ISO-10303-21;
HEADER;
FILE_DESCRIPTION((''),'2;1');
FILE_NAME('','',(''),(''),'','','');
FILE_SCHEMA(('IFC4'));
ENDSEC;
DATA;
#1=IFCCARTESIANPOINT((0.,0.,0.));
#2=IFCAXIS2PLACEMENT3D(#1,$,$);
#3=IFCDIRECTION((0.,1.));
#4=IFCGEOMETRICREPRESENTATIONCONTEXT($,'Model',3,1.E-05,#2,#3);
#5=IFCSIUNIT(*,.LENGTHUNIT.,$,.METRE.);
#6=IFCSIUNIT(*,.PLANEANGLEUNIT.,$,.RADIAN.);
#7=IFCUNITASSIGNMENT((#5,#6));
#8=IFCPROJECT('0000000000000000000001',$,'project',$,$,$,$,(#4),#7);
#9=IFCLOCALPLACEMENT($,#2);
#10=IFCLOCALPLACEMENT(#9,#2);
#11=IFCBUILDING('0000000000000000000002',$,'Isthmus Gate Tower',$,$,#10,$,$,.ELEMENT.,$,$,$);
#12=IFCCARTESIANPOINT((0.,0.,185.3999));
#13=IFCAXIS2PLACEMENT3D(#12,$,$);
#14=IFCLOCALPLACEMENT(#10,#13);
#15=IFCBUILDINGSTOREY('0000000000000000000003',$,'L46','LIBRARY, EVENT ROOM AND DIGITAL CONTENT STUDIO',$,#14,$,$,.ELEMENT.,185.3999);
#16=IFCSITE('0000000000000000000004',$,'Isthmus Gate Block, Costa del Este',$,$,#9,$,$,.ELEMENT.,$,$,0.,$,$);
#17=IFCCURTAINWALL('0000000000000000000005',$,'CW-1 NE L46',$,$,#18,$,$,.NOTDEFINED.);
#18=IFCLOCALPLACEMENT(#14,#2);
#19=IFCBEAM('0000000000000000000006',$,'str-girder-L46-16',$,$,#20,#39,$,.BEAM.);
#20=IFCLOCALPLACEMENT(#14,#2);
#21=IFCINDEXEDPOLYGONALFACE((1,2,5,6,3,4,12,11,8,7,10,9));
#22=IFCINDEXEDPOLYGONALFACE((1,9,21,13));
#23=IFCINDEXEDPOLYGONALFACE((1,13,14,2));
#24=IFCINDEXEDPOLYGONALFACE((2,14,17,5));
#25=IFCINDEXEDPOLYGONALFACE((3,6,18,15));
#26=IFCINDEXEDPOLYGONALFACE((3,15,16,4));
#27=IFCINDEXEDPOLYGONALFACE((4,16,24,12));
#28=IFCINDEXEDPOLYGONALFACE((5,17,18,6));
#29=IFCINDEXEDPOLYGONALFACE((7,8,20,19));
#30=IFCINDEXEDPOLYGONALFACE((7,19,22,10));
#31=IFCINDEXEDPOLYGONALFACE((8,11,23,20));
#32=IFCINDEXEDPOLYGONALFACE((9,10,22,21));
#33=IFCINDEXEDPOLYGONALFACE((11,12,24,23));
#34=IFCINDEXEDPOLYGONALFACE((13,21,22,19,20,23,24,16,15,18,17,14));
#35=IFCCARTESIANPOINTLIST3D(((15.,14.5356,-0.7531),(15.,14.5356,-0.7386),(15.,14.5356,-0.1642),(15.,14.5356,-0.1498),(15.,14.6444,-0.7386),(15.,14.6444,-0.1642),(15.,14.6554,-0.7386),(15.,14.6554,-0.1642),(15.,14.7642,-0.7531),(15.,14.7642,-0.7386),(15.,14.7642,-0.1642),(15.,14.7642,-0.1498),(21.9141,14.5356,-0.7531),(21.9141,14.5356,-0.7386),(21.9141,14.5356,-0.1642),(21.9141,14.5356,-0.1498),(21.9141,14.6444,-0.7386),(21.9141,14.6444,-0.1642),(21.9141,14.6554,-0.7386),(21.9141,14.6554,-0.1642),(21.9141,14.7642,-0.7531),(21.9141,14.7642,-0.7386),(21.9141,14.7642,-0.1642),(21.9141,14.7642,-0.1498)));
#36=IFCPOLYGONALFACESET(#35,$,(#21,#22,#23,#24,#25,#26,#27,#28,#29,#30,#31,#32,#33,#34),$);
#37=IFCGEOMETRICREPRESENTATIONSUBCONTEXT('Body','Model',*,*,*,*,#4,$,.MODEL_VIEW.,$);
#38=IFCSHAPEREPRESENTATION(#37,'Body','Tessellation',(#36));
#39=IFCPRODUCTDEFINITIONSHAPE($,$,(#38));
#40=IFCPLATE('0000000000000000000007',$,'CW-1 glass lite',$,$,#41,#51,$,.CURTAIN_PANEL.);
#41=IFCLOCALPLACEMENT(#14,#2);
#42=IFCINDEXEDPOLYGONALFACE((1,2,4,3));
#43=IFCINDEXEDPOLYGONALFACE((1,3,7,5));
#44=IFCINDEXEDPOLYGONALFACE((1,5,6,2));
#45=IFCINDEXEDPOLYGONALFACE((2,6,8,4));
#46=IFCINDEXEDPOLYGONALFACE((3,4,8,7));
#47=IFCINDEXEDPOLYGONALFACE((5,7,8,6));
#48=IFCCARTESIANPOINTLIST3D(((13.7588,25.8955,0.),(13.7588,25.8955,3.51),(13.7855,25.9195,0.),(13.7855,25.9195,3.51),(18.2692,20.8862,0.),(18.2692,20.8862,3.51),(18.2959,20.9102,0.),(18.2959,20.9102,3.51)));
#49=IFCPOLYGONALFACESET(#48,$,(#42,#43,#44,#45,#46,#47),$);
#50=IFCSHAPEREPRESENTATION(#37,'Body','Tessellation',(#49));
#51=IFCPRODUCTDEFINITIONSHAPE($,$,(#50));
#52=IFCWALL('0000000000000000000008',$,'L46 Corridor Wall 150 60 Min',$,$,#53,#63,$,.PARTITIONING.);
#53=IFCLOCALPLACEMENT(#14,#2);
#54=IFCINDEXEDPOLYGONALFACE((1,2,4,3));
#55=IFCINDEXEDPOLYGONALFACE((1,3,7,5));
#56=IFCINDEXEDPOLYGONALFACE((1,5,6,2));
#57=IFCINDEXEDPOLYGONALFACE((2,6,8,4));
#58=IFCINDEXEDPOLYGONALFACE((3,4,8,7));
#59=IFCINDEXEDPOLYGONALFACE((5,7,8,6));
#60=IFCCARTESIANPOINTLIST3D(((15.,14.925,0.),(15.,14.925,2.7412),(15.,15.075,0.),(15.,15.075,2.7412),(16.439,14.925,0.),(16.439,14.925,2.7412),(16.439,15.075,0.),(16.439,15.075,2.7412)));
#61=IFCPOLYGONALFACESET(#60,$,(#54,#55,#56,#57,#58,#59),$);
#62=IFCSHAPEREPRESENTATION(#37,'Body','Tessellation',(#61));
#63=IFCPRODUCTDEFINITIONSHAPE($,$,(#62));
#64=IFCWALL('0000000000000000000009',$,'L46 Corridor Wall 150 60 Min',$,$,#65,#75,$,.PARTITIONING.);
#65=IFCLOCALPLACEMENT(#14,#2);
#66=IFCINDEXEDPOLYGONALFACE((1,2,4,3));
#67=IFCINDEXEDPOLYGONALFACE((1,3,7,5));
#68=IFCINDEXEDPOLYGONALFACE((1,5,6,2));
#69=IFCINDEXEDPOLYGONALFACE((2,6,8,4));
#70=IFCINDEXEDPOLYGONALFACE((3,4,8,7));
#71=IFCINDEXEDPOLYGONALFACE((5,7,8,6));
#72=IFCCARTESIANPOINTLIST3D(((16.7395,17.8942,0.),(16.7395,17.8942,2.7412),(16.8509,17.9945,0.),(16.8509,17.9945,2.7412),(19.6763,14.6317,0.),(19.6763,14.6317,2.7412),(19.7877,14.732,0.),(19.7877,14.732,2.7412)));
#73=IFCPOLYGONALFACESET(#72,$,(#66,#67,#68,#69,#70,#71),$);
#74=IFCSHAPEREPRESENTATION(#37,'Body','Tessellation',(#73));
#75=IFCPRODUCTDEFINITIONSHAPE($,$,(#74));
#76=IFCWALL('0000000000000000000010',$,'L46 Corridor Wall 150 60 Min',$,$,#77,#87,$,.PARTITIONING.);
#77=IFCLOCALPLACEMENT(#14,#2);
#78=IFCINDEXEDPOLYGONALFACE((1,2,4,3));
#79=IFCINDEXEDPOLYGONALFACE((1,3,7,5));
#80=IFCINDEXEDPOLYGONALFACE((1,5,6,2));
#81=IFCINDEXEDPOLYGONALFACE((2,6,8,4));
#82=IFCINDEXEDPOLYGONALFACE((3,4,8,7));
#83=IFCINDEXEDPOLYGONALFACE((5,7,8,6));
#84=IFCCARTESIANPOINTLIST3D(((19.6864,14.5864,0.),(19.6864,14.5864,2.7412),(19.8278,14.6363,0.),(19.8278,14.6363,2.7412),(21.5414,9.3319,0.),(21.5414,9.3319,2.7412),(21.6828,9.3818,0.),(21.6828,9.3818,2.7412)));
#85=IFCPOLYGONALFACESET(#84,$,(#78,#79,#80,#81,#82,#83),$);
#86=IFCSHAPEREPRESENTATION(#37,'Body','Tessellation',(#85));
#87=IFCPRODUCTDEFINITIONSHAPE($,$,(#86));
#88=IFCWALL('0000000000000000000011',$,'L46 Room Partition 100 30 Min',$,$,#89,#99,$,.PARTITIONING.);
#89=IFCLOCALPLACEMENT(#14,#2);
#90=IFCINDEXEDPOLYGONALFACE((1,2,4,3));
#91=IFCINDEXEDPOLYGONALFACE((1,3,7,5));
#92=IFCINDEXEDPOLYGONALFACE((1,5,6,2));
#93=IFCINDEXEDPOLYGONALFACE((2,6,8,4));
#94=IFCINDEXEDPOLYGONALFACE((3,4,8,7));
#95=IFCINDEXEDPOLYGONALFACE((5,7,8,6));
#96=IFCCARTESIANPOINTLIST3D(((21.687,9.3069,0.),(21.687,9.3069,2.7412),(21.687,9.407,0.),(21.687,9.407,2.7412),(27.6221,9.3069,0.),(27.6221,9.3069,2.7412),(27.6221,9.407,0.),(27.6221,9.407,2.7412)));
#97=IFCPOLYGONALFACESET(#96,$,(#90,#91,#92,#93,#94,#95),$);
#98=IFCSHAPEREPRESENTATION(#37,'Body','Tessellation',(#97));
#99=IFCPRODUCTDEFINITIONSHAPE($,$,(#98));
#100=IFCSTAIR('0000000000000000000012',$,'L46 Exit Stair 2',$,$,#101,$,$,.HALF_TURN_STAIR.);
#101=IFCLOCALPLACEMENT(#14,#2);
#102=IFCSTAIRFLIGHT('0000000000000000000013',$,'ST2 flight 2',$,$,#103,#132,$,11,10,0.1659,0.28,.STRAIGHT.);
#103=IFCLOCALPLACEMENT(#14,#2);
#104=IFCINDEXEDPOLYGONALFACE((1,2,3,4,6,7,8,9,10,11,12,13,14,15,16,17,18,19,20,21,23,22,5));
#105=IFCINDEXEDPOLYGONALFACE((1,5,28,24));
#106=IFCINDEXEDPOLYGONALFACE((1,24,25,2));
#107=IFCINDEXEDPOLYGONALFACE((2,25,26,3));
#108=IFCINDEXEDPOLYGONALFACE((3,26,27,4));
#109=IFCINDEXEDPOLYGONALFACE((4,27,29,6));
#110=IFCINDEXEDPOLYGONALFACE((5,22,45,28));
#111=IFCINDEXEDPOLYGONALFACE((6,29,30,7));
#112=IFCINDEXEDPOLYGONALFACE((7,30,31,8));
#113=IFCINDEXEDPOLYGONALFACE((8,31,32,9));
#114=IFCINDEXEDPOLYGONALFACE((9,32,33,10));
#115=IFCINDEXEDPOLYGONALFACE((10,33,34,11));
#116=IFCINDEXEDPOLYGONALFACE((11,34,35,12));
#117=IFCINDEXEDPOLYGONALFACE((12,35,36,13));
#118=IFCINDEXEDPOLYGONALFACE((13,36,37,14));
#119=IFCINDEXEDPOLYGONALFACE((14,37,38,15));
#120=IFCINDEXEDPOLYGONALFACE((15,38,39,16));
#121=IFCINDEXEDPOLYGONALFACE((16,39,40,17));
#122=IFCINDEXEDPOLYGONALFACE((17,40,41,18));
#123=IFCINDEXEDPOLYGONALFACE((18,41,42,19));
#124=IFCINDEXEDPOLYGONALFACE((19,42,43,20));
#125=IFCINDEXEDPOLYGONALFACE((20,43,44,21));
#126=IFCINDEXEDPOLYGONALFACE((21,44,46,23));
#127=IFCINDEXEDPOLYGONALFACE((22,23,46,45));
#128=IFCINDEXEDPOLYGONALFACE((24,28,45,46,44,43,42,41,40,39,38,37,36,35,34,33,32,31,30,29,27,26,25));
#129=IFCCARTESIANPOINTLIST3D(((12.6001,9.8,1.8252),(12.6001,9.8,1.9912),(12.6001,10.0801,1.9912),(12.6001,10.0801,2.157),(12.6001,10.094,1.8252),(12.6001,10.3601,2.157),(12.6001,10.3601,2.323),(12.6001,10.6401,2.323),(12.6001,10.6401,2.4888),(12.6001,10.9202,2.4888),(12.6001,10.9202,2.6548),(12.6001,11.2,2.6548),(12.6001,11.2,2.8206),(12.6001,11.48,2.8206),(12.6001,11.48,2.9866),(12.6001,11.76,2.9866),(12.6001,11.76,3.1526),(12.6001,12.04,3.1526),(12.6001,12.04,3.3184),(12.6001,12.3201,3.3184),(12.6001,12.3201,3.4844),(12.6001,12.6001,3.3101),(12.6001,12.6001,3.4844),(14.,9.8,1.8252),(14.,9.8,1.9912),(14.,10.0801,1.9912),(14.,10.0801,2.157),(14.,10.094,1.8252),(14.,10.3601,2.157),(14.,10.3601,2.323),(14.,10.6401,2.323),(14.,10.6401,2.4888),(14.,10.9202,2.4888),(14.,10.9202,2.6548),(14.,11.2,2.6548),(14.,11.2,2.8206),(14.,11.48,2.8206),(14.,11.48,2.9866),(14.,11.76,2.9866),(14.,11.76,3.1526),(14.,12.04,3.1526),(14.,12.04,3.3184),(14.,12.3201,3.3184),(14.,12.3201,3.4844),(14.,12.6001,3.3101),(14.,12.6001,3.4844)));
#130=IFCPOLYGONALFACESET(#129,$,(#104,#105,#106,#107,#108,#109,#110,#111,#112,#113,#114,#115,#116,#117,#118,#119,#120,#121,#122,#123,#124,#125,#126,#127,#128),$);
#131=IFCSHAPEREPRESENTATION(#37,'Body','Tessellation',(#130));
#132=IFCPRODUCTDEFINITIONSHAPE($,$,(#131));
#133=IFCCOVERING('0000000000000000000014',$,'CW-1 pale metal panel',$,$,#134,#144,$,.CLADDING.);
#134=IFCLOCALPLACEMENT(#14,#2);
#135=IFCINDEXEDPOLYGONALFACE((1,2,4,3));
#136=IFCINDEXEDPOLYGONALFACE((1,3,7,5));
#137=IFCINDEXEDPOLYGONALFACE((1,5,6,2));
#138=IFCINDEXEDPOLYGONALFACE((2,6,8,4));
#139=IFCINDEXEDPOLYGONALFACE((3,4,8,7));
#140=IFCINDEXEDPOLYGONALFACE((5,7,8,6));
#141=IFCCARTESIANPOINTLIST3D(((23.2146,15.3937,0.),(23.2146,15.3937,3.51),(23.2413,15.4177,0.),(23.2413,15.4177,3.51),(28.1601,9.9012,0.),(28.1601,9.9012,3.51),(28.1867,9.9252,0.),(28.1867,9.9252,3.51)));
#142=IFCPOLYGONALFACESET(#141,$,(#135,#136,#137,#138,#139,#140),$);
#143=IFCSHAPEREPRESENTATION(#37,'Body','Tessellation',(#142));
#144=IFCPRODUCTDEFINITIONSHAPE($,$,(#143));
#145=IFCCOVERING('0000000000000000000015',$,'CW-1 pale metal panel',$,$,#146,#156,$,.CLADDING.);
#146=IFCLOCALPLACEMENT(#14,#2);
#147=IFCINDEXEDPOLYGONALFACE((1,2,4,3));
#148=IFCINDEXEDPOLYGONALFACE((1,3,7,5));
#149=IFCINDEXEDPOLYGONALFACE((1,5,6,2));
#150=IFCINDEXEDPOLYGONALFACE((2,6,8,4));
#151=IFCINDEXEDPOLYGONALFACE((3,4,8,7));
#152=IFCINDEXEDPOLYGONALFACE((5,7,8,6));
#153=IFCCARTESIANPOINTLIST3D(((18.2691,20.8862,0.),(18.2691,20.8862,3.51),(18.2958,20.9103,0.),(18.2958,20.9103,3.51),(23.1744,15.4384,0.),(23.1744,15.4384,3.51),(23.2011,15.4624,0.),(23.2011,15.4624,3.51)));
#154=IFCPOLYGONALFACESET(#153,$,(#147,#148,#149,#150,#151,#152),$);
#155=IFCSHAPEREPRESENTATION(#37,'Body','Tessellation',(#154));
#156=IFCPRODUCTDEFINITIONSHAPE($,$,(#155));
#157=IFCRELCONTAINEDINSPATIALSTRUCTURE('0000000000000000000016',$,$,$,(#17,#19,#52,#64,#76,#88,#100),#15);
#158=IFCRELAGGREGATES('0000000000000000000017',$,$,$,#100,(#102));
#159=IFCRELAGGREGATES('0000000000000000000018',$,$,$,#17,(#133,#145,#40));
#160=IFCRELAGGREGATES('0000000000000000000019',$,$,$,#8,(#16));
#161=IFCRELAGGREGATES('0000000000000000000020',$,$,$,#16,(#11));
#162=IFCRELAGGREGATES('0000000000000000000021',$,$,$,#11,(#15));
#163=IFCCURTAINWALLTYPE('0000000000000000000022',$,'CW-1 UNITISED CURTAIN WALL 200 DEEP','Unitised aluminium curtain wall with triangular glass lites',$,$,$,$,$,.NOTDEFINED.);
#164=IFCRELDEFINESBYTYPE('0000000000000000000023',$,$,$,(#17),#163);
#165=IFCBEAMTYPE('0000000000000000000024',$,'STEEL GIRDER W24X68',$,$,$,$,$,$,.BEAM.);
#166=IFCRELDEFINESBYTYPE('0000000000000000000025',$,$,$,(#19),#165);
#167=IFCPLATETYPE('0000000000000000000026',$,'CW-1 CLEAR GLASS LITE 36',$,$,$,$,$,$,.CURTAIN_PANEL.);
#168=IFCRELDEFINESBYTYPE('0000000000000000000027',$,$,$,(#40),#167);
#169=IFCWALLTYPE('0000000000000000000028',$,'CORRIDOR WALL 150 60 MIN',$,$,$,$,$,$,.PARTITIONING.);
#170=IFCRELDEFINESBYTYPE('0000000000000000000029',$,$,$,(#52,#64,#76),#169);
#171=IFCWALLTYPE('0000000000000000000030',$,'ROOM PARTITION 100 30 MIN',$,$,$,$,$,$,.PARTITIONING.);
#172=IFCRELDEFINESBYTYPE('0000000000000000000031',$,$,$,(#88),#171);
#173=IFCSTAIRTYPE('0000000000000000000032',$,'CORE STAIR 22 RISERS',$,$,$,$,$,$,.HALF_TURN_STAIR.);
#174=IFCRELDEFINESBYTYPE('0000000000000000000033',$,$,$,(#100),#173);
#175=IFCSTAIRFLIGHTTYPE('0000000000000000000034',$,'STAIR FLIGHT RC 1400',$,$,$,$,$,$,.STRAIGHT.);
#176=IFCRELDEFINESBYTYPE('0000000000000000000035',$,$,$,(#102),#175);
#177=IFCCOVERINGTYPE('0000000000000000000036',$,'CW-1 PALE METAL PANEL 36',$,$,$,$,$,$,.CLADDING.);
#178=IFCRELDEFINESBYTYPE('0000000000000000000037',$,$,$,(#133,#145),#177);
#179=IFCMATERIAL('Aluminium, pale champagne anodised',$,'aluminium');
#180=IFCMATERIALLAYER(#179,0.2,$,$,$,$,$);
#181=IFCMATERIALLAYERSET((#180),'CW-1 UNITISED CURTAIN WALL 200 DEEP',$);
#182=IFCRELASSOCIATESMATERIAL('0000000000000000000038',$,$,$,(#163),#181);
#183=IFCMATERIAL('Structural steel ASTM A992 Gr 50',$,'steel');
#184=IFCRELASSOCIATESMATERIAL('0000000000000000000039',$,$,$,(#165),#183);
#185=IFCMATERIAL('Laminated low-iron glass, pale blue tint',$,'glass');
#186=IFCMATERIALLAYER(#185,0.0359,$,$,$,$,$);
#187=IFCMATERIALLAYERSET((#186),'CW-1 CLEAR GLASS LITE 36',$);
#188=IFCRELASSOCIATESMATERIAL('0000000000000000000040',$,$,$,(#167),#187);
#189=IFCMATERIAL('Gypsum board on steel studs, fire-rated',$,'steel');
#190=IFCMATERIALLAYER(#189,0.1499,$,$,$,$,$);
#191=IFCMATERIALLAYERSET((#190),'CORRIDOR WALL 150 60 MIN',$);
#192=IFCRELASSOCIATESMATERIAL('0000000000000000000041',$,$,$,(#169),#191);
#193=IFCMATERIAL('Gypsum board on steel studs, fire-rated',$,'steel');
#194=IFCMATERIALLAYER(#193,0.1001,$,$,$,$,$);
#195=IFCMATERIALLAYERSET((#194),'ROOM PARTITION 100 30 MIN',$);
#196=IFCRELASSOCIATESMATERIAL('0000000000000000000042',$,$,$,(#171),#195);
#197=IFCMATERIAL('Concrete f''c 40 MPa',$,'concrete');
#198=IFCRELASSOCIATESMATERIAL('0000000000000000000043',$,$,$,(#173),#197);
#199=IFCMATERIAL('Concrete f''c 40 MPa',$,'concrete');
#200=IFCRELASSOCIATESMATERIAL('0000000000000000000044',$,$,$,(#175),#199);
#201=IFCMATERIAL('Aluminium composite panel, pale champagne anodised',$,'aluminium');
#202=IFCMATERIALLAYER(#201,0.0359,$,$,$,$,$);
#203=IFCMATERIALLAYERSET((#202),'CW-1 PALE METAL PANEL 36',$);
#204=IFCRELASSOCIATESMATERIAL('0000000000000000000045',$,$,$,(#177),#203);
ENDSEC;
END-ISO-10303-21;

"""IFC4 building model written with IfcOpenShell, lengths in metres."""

from ifc_helpers import new_model, si_unit, direction, frame, frame_2d, origin, origin_2d, place, context, subcontext, project, spatial, polyline, rectangle, i_section, outline, extrude, material, layer, layer_set, material_profile, profile_set, type_object, element, aggregate, save


model = new_model("IFC4")

# Units and contexts
model_context = context("Model", 3, precision=1e-05, world=origin(), true_north=direction((0.0, 1.0)))
body_context = subcontext(model_context, "Body", "Model", "MODEL_VIEW")
ifc_project = project(units=[si_unit("LENGTHUNIT", "METRE"), si_unit("PLANEANGLEUNIT", "RADIAN")], contexts=[model_context])

# Site, building, storey
site_placement = place(None, origin())
site = spatial("IfcSite", under=ifc_project, at=site_placement, Name="Isthmus Gate Block, Costa del Este", CompositionType="ELEMENT", RefElevation=0.0)
building_placement = place(site_placement, origin())
building = spatial("IfcBuilding", under=site, at=building_placement, Name="Isthmus Gate Tower", CompositionType="ELEMENT")
storey_placement = place(building_placement, frame((0.0, 0.0, 185.3999)))
storey = spatial("IfcBuildingStorey", under=building, at=storey_placement, Name="L46", Description="LIBRARY, EVENT ROOM AND DIGITAL CONTENT STUDIO", CompositionType="ELEMENT", Elevation=185.3999)

# Curtain wall
ifc_material_1 = material(Name="Aluminium, pale champagne anodised", Category="aluminium")
ifc_layer_1 = layer(ifc_material_1, 0.2)
ifc_layer_set_1 = layer_set([ifc_layer_1], Name="CW-1 UNITISED CURTAIN WALL 200 DEEP")
curtain_wall_type = type_object("IfcCurtainWallType", Name="CW-1 UNITISED CURTAIN WALL 200 DEEP", Description="Unitised aluminium curtain wall with triangular glass lites", PredefinedType="NOTDEFINED", material=ifc_layer_set_1)
curtain_wall_placement = place(storey_placement, origin())
curtain_wall = element("IfcCurtainWall", 1, at=curtain_wall_placement, inside=storey, type_object=curtain_wall_type, Name="CW-1 NE L46", PredefinedType="NOTDEFINED")

# Beam
ifc_material_2 = material(Name="Structural steel ASTM A992 Gr 50", Category="steel")
ifc_material_profile_1 = material_profile(ifc_material_2, i_section(OverallWidth=0.2285, OverallDepth=0.6033, WebThickness=0.011, FlangeThickness=0.0144, at=origin_2d()), Name="W24X68")
ifc_profile_set_1 = profile_set([ifc_material_profile_1], Name="Structural steel ASTM A992 Gr 50")
beam_type_1 = type_object("IfcBeamType", Name="STEEL GIRDER W24X68", PredefinedType="BEAM", material=ifc_profile_set_1)
beam_1_placement = place(storey_placement, frame((15.0, 14.6499, -0.4514), z_axis=(1.0, 0.0, 0.0), x_axis=(0.0, 1.0, 0.0)))
element("IfcBeam", 2, at=beam_1_placement, inside=storey, type_object=beam_type_1, Name="str-girder-L46-16", PredefinedType="BEAM", context=body_context, shape_type="SweptSolid", body=[
    extrude(i_section(OverallWidth=0.2285, OverallDepth=0.6033, WebThickness=0.011, FlangeThickness=0.0144, at=origin_2d()), origin(), (0.0, 0.0, 1.0), 6.9141),
])

# Plate
ifc_material_3 = material(Name="Laminated low-iron glass, pale blue tint", Category="glass")
ifc_layer_2 = layer(ifc_material_3, 0.0359)
ifc_layer_set_2 = layer_set([ifc_layer_2], Name="CW-1 CLEAR GLASS LITE 36")
plate_type = type_object("IfcPlateType", Name="CW-1 CLEAR GLASS LITE 36", PredefinedType="CURTAIN_PANEL", material=ifc_layer_set_2)
plate_placement = place(storey_placement, frame((16.0273, 23.4028, 0.0), z_axis=(0.0, 0.0, 1.0), x_axis=(-0.669131, 0.743145, 0.0)))
plate = element("IfcPlate", 3, at=plate_placement, type_object=plate_type, Name="CW-1 glass lite", PredefinedType="CURTAIN_PANEL", context=body_context, shape_type="SweptSolid", body=[
    extrude(rectangle(XDim=6.7407, YDim=0.0359, at=origin_2d()), origin(), (0.0, 0.0, 1.0), 3.51),
])

# Walls
ifc_material_4 = material(Name="Gypsum board on steel studs, fire-rated", Category="steel")
ifc_layer_3 = layer(ifc_material_4, 0.1499)
ifc_layer_set_3 = layer_set([ifc_layer_3], Name="CORRIDOR WALL 150 60 MIN")
wall_type_1 = type_object("IfcWallType", Name="CORRIDOR WALL 150 60 MIN", PredefinedType="PARTITIONING", material=ifc_layer_set_3)
wall_1_placement = place(storey_placement, frame((16.439, 15.0, 0.0), z_axis=(0.0, 0.0, 1.0), x_axis=(-1.0, 0.0, 0.0)))
element("IfcWall", 4, at=wall_1_placement, inside=storey, type_object=wall_type_1, Name="L46 Corridor Wall 150 60 Min", PredefinedType="PARTITIONING", context=body_context, shape_type="SweptSolid", body=[
    extrude(rectangle(XDim=1.439, YDim=0.1499, at=frame_2d((0.7195, 0.0))), origin(), (0.0, 0.0, 1.0), 2.7412),
])
wall_2_placement = place(storey_placement, frame((16.7952, 17.9443, 0.0), z_axis=(0.0, 0.0, 1.0), x_axis=(0.669035, -0.743231, 0.0)))
element("IfcWall", 5, at=wall_2_placement, inside=storey, type_object=wall_type_1, Name="L46 Corridor Wall 150 60 Min", PredefinedType="PARTITIONING", context=body_context, shape_type="SweptSolid", body=[
    extrude(rectangle(XDim=4.3896, YDim=0.1499, at=frame_2d((2.1948, 0.0))), origin(), (0.0, 0.0, 1.0), 2.7412),
])
wall_3_placement = place(storey_placement, frame((19.7571, 14.6113, 0.0), z_axis=(0.0, 0.0, 1.0), x_axis=(0.332898, -0.942963, 0.0)))
element("IfcWall", 6, at=wall_3_placement, inside=storey, type_object=wall_type_1, Name="L46 Corridor Wall 150 60 Min", PredefinedType="PARTITIONING", context=body_context, shape_type="SweptSolid", body=[
    extrude(rectangle(XDim=5.5723, YDim=0.1499, at=frame_2d((2.7861, 0.0))), origin(), (0.0, 0.0, 1.0), 2.7412),
])
ifc_material_5 = material(Name="Gypsum board on steel studs, fire-rated", Category="steel")
ifc_layer_4 = layer(ifc_material_5, 0.1001)
ifc_layer_set_4 = layer_set([ifc_layer_4], Name="ROOM PARTITION 100 30 MIN")
wall_type_2 = type_object("IfcWallType", Name="ROOM PARTITION 100 30 MIN", PredefinedType="PARTITIONING", material=ifc_layer_set_4)
wall_4_placement = place(storey_placement, frame((21.687, 9.3569, 0.0), z_axis=(0.0, 0.0, 1.0), x_axis=(1.0, 0.0, 0.0)))
element("IfcWall", 7, at=wall_4_placement, inside=storey, type_object=wall_type_2, Name="L46 Room Partition 100 30 Min", PredefinedType="PARTITIONING", context=body_context, shape_type="SweptSolid", body=[
    extrude(rectangle(XDim=5.9351, YDim=0.1001, at=frame_2d((2.9675, 0.0))), origin(), (0.0, 0.0, 1.0), 2.7412),
])

# Stair, stair flight
ifc_material_6 = material(Name="Concrete f'c 40 MPa", Category="concrete")
stair_type = type_object("IfcStairType", Name="CORE STAIR 22 RISERS", PredefinedType="HALF_TURN_STAIR", material=ifc_material_6)
stair_placement = place(storey_placement, origin())
stair = element("IfcStair", 8, at=stair_placement, inside=storey, type_object=stair_type, Name="L46 Exit Stair 2", PredefinedType="HALF_TURN_STAIR")
ifc_material_7 = material(Name="Concrete f'c 40 MPa", Category="concrete")
stair_flight_type = type_object("IfcStairFlightType", Name="STAIR FLIGHT RC 1400", PredefinedType="STRAIGHT", material=ifc_material_7)
stair_flight_placement = place(storey_placement, frame((13.3, 9.8, 1.8252), z_axis=(0.0, 0.0, 1.0), x_axis=(0.0, 1.0, 0.0)))
stair_flight = element("IfcStairFlight", 9, at=stair_flight_placement, type_object=stair_flight_type, Name="ST2 flight 2", NumberOfRisers=11, NumberOfTreads=10, PredefinedType="STRAIGHT", RiserHeight=0.1659, TreadLength=0.28, context=body_context, shape_type="SweptSolid", body=[
    extrude(outline(polyline([(0.0, 0.0), (0.0, 0.166), (0.28, 0.166), (0.28, 0.3318), (0.5601, 0.3318), (0.5601, 0.4978), (0.8401, 0.4978), (0.8401, 0.6636), (1.1201, 0.6636), (1.1201, 0.8296), (1.3999, 0.8296), (1.3999, 0.9954), (1.6799, 0.9954), (1.6799, 1.1614), (1.96, 1.1614), (1.96, 1.3274), (2.24, 1.3274), (2.24, 1.4932), (2.52, 1.4932), (2.52, 1.6592), (2.8, 1.6592), (2.8, 1.825), (2.8, 1.4849), (0.2939, 0.0), (0.0, 0.0)])), frame((0.0, 0.7, 0.0), z_axis=(0.0, -1.0, 0.0), x_axis=(1.0, 0.0, 0.0)), (0.0, 0.0, 1.0), 1.3999),
])
aggregate(stair, [stair_flight])

# Coverings
ifc_material_8 = material(Name="Aluminium composite panel, pale champagne anodised", Category="aluminium")
ifc_layer_5 = layer(ifc_material_8, 0.0359)
ifc_layer_set_5 = layer_set([ifc_layer_5], Name="CW-1 PALE METAL PANEL 36")
covering_type = type_object("IfcCoveringType", Name="CW-1 PALE METAL PANEL 36", PredefinedType="CLADDING", material=ifc_layer_set_5)
covering_1_placement = place(storey_placement, frame((25.7007, 12.6594, 0.0), z_axis=(0.0, 0.0, 1.0), x_axis=(-0.669131, 0.743145, 0.0)))
covering_1 = element("IfcCovering", 10, at=covering_1_placement, type_object=covering_type, Name="CW-1 pale metal panel", PredefinedType="CLADDING", context=body_context, shape_type="SweptSolid", body=[
    extrude(rectangle(XDim=7.3909, YDim=0.0359, at=origin_2d()), origin(), (0.0, 0.0, 1.0), 3.51),
])
covering_2_placement = place(storey_placement, frame((20.7351, 18.1743, 0.0), z_axis=(0.0, 0.0, 1.0), x_axis=(-0.669131, 0.743145, 0.0)))
covering_2 = element("IfcCovering", 11, at=covering_2_placement, type_object=covering_type, Name="CW-1 pale metal panel", PredefinedType="CLADDING", context=body_context, shape_type="SweptSolid", body=[
    extrude(rectangle(XDim=7.3308, YDim=0.0359, at=origin_2d()), origin(), (0.0, 0.0, 1.0), 3.51),
])
aggregate(curtain_wall, [covering_1, covering_2, plate])

save(model, "model.ifc")
